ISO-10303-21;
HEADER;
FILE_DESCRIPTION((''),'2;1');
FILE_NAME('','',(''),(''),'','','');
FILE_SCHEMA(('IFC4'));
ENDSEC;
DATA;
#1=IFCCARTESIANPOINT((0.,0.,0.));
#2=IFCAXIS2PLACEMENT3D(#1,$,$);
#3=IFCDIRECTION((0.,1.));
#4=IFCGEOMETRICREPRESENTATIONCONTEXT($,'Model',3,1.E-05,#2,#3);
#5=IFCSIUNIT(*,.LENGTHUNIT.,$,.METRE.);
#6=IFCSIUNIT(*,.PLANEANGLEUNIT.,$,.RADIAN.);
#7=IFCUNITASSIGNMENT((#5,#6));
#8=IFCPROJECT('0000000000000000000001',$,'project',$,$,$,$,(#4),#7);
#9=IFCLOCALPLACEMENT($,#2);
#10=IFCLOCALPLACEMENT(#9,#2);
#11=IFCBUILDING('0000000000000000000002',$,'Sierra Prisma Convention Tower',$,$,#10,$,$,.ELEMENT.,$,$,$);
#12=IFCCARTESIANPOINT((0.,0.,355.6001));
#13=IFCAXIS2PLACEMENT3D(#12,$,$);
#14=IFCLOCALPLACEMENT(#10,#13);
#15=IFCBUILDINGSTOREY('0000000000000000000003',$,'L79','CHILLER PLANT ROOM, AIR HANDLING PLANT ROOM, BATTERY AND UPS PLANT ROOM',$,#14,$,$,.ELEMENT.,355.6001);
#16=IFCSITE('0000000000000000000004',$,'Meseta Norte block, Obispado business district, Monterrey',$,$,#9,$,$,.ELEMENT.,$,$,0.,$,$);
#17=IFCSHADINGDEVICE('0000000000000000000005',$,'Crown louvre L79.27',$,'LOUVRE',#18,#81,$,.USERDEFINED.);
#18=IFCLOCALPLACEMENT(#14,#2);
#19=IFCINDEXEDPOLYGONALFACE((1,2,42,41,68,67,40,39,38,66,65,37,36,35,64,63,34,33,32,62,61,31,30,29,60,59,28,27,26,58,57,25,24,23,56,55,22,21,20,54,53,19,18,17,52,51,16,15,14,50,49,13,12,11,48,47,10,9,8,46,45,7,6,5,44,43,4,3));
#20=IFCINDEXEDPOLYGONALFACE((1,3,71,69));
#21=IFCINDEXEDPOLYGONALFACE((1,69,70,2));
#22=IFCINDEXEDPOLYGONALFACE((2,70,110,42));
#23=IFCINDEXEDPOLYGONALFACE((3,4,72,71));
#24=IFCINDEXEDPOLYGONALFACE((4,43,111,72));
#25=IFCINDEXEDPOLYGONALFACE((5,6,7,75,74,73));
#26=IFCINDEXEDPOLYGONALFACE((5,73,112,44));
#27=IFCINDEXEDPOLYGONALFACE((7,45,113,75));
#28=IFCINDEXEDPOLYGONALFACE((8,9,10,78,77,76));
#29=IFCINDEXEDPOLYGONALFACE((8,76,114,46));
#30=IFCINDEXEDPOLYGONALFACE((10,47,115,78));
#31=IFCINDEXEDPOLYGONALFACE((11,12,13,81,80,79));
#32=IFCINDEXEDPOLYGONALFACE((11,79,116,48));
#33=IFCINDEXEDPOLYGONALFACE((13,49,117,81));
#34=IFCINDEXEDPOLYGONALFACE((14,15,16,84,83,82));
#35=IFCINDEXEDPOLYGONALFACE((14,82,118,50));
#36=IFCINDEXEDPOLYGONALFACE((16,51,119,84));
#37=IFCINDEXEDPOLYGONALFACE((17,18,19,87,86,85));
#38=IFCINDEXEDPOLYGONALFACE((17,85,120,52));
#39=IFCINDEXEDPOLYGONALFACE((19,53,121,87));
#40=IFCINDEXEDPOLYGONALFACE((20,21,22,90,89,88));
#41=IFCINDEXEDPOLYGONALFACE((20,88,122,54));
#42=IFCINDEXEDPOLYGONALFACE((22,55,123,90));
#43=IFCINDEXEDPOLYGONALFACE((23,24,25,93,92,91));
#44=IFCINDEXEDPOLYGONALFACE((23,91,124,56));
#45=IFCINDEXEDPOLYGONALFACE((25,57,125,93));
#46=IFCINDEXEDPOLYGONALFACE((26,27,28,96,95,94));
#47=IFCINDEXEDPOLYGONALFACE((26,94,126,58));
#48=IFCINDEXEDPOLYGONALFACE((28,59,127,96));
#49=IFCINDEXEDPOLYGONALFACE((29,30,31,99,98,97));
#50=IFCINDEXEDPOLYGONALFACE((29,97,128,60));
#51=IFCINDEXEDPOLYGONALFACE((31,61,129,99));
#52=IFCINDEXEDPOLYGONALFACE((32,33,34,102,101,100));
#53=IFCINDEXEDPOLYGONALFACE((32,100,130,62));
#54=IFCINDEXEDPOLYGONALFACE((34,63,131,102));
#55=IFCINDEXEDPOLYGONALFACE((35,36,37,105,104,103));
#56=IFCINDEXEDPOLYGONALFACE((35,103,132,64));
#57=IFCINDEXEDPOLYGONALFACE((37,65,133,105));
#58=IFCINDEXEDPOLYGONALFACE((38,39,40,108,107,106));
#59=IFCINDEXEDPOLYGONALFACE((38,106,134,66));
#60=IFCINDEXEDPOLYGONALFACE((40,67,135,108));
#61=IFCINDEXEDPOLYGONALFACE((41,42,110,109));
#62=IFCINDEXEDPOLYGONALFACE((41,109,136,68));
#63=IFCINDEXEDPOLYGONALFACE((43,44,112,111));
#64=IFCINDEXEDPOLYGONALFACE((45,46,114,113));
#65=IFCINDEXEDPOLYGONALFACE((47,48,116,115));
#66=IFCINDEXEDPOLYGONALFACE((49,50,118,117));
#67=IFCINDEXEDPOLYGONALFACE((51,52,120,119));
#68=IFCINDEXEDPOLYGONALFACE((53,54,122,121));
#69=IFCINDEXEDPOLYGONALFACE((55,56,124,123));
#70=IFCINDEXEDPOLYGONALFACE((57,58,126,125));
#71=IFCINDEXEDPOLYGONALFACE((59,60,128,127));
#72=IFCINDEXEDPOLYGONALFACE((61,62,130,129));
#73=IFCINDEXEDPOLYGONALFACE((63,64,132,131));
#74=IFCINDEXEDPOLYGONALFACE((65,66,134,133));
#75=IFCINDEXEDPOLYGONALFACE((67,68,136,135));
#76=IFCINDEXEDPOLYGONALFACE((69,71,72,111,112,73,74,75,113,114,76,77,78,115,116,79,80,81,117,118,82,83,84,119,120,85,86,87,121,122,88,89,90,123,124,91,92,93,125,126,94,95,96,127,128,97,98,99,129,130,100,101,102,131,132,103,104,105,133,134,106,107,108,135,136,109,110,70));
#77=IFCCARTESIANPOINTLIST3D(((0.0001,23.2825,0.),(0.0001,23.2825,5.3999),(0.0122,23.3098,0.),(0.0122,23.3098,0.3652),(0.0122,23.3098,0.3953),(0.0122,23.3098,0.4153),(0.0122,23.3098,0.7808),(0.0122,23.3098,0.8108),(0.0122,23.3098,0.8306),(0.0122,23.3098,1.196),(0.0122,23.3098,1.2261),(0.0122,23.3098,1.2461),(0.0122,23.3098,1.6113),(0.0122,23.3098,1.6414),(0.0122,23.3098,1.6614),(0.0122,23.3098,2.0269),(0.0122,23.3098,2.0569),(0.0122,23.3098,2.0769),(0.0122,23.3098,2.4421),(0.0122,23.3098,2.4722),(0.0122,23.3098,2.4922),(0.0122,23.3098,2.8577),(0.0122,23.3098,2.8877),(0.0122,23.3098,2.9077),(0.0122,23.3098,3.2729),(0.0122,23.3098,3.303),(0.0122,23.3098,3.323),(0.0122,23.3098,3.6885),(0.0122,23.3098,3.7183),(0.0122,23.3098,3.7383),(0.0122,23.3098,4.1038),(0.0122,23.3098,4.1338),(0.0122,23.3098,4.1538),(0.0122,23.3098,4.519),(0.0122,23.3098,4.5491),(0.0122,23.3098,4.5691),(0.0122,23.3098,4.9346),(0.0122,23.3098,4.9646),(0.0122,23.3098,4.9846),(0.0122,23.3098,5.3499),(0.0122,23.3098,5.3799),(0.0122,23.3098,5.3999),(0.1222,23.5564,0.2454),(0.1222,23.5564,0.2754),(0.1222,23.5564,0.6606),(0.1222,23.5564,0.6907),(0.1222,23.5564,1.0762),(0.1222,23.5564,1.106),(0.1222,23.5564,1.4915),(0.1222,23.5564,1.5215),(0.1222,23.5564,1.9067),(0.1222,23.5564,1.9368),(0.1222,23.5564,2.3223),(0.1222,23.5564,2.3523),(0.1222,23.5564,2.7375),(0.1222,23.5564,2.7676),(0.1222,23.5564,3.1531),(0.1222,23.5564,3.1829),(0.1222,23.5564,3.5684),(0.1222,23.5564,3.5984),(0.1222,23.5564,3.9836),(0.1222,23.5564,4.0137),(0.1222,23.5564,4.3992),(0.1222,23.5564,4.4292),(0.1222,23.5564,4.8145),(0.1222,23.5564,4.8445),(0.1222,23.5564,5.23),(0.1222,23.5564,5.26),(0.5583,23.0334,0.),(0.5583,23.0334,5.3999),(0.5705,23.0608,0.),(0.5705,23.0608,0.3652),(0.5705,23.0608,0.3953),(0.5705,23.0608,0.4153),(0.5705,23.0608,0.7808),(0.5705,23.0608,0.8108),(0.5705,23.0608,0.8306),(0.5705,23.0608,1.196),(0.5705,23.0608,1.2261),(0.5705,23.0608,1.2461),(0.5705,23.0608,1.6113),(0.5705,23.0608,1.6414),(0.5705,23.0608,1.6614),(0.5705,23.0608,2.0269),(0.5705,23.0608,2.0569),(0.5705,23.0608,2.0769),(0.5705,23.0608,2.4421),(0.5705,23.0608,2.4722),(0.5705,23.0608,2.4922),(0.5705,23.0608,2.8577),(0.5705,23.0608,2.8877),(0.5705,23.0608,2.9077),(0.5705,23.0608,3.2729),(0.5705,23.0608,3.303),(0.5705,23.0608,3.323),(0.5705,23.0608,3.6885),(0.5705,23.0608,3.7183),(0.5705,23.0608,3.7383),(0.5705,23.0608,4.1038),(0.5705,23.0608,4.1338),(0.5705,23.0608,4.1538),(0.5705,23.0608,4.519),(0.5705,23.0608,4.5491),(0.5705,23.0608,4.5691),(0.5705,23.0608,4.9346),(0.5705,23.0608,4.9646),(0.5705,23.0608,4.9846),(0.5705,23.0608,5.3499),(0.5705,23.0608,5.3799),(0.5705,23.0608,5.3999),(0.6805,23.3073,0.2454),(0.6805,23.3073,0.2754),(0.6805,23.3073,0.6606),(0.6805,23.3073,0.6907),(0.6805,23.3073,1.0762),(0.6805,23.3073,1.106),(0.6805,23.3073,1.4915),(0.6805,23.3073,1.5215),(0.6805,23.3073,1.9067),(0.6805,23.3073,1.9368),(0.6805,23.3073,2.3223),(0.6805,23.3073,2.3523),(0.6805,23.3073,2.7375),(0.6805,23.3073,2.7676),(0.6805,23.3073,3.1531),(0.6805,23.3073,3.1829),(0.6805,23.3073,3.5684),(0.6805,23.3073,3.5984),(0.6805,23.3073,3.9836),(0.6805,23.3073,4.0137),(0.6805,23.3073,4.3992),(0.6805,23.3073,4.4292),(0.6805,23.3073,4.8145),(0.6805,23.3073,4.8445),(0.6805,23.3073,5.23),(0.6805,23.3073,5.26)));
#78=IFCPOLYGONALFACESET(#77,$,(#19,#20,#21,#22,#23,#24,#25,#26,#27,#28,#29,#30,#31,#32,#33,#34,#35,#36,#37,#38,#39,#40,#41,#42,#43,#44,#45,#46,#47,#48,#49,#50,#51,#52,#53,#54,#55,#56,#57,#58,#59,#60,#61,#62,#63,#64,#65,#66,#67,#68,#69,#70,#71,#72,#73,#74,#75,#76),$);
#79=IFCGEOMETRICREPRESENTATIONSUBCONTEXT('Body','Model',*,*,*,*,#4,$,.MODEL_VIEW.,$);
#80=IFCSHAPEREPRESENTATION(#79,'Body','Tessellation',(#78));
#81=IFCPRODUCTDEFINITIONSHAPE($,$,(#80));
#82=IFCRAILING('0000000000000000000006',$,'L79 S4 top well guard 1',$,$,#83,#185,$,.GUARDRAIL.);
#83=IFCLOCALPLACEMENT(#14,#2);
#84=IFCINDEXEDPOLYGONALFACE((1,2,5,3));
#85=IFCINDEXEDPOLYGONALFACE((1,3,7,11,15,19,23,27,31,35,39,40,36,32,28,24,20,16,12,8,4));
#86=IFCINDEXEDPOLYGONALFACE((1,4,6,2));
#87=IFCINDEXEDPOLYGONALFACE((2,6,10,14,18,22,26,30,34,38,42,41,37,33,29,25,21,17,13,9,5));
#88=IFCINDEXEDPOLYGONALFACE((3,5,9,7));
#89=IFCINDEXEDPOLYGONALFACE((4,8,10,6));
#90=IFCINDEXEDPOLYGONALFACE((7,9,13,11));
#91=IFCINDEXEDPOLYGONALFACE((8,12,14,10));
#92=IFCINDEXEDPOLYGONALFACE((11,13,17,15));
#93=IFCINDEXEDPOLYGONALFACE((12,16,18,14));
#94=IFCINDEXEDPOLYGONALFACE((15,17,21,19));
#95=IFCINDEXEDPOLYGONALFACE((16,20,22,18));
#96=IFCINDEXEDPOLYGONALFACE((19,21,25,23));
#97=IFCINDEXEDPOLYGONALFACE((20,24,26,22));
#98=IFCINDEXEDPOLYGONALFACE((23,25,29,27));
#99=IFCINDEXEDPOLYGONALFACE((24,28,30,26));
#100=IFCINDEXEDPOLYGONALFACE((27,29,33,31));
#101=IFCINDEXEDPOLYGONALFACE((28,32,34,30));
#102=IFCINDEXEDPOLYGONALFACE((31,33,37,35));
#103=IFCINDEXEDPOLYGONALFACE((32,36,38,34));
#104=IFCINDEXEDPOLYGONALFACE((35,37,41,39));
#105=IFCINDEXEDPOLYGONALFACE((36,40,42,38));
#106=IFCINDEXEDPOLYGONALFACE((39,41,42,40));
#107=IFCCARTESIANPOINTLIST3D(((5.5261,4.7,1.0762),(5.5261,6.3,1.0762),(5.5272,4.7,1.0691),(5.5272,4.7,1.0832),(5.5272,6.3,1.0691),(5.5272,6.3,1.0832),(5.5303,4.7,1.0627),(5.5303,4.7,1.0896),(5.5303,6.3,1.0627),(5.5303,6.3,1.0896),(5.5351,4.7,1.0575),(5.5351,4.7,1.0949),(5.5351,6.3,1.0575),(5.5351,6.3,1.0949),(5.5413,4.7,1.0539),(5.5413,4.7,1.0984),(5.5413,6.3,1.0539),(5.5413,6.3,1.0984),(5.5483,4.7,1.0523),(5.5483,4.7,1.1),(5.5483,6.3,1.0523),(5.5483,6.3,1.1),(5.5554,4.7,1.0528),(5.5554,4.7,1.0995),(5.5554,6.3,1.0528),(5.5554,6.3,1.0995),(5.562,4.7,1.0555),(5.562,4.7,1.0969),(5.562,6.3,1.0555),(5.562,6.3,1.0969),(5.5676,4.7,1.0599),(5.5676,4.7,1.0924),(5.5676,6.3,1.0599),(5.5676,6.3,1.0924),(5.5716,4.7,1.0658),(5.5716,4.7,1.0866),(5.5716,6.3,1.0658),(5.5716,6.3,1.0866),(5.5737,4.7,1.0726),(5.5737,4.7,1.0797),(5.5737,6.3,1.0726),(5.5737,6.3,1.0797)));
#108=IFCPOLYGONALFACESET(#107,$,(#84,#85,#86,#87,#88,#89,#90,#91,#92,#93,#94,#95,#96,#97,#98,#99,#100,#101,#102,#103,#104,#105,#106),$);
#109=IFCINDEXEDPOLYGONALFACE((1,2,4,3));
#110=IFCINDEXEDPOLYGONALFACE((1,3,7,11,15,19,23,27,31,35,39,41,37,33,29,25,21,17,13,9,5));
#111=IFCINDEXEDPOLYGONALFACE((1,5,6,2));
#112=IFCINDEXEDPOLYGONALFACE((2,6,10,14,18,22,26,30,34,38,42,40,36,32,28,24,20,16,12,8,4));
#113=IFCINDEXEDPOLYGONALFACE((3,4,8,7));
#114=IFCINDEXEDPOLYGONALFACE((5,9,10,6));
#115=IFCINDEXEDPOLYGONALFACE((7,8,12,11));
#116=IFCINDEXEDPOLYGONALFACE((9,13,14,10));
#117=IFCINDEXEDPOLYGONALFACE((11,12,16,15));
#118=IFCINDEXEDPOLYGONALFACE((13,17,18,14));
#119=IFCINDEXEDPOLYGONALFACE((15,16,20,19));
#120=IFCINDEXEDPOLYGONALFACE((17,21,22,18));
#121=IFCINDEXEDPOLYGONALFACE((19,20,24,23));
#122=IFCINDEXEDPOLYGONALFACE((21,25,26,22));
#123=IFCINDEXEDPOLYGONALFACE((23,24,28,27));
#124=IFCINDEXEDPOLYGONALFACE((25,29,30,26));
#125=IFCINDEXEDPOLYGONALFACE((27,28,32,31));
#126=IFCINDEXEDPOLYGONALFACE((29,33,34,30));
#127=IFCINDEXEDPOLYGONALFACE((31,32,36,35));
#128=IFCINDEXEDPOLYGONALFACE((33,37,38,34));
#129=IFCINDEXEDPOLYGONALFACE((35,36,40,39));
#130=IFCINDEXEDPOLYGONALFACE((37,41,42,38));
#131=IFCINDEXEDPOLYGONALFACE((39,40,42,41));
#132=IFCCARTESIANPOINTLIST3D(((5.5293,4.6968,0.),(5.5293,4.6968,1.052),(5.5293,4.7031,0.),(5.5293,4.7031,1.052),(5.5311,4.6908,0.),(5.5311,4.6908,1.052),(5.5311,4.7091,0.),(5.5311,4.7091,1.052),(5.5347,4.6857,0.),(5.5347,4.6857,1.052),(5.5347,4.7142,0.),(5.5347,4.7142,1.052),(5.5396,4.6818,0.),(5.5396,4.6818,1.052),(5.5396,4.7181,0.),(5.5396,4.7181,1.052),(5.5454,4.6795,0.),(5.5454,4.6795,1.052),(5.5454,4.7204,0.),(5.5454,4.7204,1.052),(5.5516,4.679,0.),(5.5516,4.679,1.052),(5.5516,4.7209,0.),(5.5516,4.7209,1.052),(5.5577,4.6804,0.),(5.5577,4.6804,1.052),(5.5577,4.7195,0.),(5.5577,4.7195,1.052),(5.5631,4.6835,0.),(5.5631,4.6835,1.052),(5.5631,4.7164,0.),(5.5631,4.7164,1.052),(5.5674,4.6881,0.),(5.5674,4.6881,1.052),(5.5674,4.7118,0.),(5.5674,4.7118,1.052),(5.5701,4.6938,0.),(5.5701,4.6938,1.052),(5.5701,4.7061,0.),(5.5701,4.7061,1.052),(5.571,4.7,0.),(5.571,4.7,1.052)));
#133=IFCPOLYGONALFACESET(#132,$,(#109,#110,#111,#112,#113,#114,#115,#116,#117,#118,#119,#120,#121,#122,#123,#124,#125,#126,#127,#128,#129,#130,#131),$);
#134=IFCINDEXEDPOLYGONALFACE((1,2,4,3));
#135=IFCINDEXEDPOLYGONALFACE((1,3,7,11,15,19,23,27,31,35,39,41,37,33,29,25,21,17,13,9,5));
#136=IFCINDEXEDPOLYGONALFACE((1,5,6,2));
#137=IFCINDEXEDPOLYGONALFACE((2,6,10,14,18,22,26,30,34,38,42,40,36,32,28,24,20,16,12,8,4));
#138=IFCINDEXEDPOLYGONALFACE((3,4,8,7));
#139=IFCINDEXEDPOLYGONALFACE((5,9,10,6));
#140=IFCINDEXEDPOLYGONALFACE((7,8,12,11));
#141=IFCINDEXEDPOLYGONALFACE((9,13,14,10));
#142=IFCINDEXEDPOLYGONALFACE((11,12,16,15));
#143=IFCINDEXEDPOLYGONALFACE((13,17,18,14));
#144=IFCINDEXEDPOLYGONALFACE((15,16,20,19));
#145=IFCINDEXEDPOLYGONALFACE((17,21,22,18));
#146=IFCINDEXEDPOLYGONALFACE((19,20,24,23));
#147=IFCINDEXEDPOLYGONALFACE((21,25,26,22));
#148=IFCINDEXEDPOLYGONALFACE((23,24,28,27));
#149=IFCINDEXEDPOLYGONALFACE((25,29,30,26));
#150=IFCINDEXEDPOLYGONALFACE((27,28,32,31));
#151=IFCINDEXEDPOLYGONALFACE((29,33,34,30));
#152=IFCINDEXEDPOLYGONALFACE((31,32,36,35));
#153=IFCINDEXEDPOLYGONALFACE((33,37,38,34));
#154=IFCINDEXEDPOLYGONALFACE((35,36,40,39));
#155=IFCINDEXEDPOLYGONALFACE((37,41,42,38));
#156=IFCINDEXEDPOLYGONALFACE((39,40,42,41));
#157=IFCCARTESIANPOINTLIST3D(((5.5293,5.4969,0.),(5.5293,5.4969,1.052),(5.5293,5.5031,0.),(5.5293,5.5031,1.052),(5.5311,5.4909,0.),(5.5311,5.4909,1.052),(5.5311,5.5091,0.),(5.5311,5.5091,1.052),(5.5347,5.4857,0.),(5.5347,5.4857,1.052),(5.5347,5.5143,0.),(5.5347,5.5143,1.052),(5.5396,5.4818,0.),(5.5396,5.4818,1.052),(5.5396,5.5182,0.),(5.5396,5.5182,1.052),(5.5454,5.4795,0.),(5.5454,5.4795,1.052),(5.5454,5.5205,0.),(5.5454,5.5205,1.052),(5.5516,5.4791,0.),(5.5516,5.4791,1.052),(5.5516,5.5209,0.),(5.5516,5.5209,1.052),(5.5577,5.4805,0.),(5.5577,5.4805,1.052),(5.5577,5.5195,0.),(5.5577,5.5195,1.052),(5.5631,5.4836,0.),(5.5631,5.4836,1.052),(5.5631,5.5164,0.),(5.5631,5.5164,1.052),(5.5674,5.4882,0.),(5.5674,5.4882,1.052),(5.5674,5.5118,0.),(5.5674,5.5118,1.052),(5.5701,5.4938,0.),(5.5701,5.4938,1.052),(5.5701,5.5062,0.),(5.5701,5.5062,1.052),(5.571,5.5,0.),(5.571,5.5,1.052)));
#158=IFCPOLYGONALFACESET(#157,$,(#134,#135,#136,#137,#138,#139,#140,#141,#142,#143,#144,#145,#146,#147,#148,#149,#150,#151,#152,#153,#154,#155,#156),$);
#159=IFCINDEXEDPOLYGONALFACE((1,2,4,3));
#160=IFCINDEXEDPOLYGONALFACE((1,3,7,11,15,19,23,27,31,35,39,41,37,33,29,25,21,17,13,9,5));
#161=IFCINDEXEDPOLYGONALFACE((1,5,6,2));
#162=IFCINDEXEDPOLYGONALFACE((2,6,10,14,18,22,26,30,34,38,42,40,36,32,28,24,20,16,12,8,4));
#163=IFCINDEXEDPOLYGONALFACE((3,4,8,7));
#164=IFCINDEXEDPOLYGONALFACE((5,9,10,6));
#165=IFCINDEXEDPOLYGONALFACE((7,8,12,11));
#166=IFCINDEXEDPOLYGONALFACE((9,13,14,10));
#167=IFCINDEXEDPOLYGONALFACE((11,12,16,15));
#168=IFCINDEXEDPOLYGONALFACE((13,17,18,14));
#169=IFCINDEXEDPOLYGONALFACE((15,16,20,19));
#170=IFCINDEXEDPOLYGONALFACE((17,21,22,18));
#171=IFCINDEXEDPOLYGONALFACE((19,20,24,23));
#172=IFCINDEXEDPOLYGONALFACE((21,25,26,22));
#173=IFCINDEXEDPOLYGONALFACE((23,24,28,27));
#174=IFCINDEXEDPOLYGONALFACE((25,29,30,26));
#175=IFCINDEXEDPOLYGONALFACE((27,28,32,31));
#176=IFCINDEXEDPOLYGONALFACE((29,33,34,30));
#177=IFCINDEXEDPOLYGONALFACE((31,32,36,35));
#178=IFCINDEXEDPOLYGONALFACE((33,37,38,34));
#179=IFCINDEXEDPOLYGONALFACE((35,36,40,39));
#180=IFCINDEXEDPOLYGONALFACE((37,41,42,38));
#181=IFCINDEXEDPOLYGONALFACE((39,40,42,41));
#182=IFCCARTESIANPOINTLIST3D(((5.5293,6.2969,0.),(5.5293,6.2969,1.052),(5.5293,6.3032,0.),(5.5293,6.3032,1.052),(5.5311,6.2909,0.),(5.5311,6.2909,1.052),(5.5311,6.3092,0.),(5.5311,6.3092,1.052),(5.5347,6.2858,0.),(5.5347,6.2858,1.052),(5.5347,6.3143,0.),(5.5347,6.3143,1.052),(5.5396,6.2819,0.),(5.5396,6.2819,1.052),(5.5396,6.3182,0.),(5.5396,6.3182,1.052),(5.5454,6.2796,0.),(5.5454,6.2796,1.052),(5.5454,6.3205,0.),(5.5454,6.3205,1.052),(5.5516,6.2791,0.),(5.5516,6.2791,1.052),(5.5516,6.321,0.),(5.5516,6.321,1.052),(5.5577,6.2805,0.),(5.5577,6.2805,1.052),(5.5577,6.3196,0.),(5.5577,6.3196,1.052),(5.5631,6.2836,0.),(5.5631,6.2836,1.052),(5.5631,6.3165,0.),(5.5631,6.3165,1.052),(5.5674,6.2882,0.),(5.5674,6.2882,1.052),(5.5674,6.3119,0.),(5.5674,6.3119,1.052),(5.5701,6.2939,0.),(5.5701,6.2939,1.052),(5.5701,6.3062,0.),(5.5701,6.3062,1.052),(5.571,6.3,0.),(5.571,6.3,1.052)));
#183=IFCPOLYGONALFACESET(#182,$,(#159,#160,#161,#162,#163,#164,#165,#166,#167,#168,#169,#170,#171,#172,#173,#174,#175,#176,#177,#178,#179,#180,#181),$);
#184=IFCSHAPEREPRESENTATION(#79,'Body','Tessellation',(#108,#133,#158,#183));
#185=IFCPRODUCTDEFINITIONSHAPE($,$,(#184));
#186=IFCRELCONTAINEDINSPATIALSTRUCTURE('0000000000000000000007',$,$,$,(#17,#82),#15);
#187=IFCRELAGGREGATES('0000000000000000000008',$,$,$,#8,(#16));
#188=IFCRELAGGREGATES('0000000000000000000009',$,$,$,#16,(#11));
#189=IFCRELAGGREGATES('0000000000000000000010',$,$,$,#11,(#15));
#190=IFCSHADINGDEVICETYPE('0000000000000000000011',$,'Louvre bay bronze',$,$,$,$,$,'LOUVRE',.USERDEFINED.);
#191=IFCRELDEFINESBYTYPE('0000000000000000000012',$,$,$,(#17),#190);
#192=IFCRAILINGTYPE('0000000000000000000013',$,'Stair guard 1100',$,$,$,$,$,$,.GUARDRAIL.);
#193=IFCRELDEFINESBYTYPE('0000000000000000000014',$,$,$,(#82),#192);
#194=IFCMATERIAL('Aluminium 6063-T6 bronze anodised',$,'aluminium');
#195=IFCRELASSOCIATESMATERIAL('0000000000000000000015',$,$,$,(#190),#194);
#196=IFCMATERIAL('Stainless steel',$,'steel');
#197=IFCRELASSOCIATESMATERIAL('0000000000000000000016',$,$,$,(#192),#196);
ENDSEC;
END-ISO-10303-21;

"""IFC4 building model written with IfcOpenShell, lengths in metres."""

from ifc_helpers import new_model, si_unit, direction, frame, origin, origin_2d, place, context, subcontext, project, spatial, polyline, circle, outline, extrude, material, type_object, element, save


model = new_model("IFC4")

# Units and contexts
model_context = context("Model", 3, precision=1e-05, world=origin(), true_north=direction((0.0, 1.0)))
body_context = subcontext(model_context, "Body", "Model", "MODEL_VIEW")
ifc_project = project(units=[si_unit("LENGTHUNIT", "METRE"), si_unit("PLANEANGLEUNIT", "RADIAN")], contexts=[model_context])

# Site, building, storey
site_placement = place(None, origin())
site = spatial("IfcSite", under=ifc_project, at=site_placement, Name="Meseta Norte block, Obispado business district, Monterrey", CompositionType="ELEMENT", RefElevation=0.0)
building_placement = place(site_placement, origin())
building = spatial("IfcBuilding", under=site, at=building_placement, Name="Sierra Prisma Convention Tower", CompositionType="ELEMENT")
storey_placement = place(building_placement, frame((0.0, 0.0, 355.6001)))
storey = spatial("IfcBuildingStorey", under=building, at=storey_placement, Name="L79", Description="CHILLER PLANT ROOM, AIR HANDLING PLANT ROOM, BATTERY AND UPS PLANT ROOM", CompositionType="ELEMENT", Elevation=355.6001)

# Shading device
ifc_material_1 = material(Name="Aluminium 6063-T6 bronze anodised", Category="aluminium")
shading_device_type = type_object("IfcShadingDeviceType", Name="Louvre bay bronze", ElementType="LOUVRE", PredefinedType="USERDEFINED", material=ifc_material_1)
shading_device_1_placement = place(storey_placement, frame((0.5583, 23.0334, 0.0), z_axis=(0.913256, -0.407385, 0.0), x_axis=(0.0, 0.0, 1.0)))
element("IfcShadingDevice", 1, at=shading_device_1_placement, inside=storey, type_object=shading_device_type, Name="Crown louvre L79.27", ObjectType="LOUVRE", PredefinedType="USERDEFINED", context=body_context, shape_type="SweptSolid", body=[
    extrude(outline(polyline([(0.0, 0.0), (5.3999, 0.0), (5.3999, -0.0299), (5.3799, -0.0299), (5.26, -0.2999), (5.23, -0.2999), (5.3499, -0.0299), (4.9846, -0.0299), (4.9646, -0.0299), (4.8445, -0.2999), (4.8145, -0.2999), (4.9346, -0.0299), (4.5691, -0.0299), (4.5491, -0.0299), (4.4292, -0.2999), (4.3992, -0.2999), (4.519, -0.0299), (4.1538, -0.0299), (4.1338, -0.0299), (4.0137, -0.2999), (3.9836, -0.2999), (4.1038, -0.0299), (3.7383, -0.0299), (3.7183, -0.0299), (3.5984, -0.2999), (3.5684, -0.2999), (3.6885, -0.0299), (3.323, -0.0299), (3.303, -0.0299), (3.1829, -0.2999), (3.1531, -0.2999), (3.2729, -0.0299), (2.9077, -0.0299), (2.8877, -0.0299), (2.7676, -0.2999), (2.7375, -0.2999), (2.8577, -0.0299), (2.4922, -0.0299), (2.4722, -0.0299), (2.3523, -0.2999), (2.3223, -0.2999), (2.4421, -0.0299), (2.0769, -0.0299), (2.0569, -0.0299), (1.9368, -0.2999), (1.9067, -0.2999), (2.0269, -0.0299), (1.6614, -0.0299), (1.6414, -0.0299), (1.5215, -0.2999), (1.4915, -0.2999), (1.6113, -0.0299), (1.2461, -0.0299), (1.2261, -0.0299), (1.106, -0.2999), (1.0762, -0.2999), (1.196, -0.0299), (0.8306, -0.0299), (0.8108, -0.0299), (0.6907, -0.2999), (0.6606, -0.2999), (0.7808, -0.0299), (0.4153, -0.0299), (0.3953, -0.0299), (0.2754, -0.2999), (0.2454, -0.2999), (0.3652, -0.0299), (0.0, -0.0299), (0.0, 0.0)])), origin(), (0.0, 0.0, -1.0), 0.6113),
])

# Railing
ifc_material_2 = material(Name="Stainless steel", Category="steel")
railing_type = type_object("IfcRailingType", Name="Stair guard 1100", PredefinedType="GUARDRAIL", material=ifc_material_2)
railing_placement = place(storey_placement, frame((5.55, 4.7, 0.0)))
element("IfcRailing", 2, at=railing_placement, inside=storey, type_object=railing_type, Name="L79 S4 top well guard 1", PredefinedType="GUARDRAIL", context=body_context, shape_type="SweptSolid", body=[
    extrude(circle(Radius=0.0239, at=origin_2d()), frame((0.0, 0.0, 1.0762), z_axis=(0.0, 1.0, 0.0), x_axis=(-1.0, 0.0, 0.0)), (0.0, 0.0, 1.0), 1.6001),
    extrude(circle(Radius=0.021, at=origin_2d()), origin(), (0.0, 0.0, 1.0), 1.052),
    extrude(circle(Radius=0.021, at=origin_2d()), frame((0.0, 0.8, 0.0)), (0.0, 0.0, 1.0), 1.052),
    extrude(circle(Radius=0.021, at=origin_2d()), frame((0.0, 1.6001, 0.0)), (0.0, 0.0, 1.0), 1.052),
])

save(model, "model.ifc")
